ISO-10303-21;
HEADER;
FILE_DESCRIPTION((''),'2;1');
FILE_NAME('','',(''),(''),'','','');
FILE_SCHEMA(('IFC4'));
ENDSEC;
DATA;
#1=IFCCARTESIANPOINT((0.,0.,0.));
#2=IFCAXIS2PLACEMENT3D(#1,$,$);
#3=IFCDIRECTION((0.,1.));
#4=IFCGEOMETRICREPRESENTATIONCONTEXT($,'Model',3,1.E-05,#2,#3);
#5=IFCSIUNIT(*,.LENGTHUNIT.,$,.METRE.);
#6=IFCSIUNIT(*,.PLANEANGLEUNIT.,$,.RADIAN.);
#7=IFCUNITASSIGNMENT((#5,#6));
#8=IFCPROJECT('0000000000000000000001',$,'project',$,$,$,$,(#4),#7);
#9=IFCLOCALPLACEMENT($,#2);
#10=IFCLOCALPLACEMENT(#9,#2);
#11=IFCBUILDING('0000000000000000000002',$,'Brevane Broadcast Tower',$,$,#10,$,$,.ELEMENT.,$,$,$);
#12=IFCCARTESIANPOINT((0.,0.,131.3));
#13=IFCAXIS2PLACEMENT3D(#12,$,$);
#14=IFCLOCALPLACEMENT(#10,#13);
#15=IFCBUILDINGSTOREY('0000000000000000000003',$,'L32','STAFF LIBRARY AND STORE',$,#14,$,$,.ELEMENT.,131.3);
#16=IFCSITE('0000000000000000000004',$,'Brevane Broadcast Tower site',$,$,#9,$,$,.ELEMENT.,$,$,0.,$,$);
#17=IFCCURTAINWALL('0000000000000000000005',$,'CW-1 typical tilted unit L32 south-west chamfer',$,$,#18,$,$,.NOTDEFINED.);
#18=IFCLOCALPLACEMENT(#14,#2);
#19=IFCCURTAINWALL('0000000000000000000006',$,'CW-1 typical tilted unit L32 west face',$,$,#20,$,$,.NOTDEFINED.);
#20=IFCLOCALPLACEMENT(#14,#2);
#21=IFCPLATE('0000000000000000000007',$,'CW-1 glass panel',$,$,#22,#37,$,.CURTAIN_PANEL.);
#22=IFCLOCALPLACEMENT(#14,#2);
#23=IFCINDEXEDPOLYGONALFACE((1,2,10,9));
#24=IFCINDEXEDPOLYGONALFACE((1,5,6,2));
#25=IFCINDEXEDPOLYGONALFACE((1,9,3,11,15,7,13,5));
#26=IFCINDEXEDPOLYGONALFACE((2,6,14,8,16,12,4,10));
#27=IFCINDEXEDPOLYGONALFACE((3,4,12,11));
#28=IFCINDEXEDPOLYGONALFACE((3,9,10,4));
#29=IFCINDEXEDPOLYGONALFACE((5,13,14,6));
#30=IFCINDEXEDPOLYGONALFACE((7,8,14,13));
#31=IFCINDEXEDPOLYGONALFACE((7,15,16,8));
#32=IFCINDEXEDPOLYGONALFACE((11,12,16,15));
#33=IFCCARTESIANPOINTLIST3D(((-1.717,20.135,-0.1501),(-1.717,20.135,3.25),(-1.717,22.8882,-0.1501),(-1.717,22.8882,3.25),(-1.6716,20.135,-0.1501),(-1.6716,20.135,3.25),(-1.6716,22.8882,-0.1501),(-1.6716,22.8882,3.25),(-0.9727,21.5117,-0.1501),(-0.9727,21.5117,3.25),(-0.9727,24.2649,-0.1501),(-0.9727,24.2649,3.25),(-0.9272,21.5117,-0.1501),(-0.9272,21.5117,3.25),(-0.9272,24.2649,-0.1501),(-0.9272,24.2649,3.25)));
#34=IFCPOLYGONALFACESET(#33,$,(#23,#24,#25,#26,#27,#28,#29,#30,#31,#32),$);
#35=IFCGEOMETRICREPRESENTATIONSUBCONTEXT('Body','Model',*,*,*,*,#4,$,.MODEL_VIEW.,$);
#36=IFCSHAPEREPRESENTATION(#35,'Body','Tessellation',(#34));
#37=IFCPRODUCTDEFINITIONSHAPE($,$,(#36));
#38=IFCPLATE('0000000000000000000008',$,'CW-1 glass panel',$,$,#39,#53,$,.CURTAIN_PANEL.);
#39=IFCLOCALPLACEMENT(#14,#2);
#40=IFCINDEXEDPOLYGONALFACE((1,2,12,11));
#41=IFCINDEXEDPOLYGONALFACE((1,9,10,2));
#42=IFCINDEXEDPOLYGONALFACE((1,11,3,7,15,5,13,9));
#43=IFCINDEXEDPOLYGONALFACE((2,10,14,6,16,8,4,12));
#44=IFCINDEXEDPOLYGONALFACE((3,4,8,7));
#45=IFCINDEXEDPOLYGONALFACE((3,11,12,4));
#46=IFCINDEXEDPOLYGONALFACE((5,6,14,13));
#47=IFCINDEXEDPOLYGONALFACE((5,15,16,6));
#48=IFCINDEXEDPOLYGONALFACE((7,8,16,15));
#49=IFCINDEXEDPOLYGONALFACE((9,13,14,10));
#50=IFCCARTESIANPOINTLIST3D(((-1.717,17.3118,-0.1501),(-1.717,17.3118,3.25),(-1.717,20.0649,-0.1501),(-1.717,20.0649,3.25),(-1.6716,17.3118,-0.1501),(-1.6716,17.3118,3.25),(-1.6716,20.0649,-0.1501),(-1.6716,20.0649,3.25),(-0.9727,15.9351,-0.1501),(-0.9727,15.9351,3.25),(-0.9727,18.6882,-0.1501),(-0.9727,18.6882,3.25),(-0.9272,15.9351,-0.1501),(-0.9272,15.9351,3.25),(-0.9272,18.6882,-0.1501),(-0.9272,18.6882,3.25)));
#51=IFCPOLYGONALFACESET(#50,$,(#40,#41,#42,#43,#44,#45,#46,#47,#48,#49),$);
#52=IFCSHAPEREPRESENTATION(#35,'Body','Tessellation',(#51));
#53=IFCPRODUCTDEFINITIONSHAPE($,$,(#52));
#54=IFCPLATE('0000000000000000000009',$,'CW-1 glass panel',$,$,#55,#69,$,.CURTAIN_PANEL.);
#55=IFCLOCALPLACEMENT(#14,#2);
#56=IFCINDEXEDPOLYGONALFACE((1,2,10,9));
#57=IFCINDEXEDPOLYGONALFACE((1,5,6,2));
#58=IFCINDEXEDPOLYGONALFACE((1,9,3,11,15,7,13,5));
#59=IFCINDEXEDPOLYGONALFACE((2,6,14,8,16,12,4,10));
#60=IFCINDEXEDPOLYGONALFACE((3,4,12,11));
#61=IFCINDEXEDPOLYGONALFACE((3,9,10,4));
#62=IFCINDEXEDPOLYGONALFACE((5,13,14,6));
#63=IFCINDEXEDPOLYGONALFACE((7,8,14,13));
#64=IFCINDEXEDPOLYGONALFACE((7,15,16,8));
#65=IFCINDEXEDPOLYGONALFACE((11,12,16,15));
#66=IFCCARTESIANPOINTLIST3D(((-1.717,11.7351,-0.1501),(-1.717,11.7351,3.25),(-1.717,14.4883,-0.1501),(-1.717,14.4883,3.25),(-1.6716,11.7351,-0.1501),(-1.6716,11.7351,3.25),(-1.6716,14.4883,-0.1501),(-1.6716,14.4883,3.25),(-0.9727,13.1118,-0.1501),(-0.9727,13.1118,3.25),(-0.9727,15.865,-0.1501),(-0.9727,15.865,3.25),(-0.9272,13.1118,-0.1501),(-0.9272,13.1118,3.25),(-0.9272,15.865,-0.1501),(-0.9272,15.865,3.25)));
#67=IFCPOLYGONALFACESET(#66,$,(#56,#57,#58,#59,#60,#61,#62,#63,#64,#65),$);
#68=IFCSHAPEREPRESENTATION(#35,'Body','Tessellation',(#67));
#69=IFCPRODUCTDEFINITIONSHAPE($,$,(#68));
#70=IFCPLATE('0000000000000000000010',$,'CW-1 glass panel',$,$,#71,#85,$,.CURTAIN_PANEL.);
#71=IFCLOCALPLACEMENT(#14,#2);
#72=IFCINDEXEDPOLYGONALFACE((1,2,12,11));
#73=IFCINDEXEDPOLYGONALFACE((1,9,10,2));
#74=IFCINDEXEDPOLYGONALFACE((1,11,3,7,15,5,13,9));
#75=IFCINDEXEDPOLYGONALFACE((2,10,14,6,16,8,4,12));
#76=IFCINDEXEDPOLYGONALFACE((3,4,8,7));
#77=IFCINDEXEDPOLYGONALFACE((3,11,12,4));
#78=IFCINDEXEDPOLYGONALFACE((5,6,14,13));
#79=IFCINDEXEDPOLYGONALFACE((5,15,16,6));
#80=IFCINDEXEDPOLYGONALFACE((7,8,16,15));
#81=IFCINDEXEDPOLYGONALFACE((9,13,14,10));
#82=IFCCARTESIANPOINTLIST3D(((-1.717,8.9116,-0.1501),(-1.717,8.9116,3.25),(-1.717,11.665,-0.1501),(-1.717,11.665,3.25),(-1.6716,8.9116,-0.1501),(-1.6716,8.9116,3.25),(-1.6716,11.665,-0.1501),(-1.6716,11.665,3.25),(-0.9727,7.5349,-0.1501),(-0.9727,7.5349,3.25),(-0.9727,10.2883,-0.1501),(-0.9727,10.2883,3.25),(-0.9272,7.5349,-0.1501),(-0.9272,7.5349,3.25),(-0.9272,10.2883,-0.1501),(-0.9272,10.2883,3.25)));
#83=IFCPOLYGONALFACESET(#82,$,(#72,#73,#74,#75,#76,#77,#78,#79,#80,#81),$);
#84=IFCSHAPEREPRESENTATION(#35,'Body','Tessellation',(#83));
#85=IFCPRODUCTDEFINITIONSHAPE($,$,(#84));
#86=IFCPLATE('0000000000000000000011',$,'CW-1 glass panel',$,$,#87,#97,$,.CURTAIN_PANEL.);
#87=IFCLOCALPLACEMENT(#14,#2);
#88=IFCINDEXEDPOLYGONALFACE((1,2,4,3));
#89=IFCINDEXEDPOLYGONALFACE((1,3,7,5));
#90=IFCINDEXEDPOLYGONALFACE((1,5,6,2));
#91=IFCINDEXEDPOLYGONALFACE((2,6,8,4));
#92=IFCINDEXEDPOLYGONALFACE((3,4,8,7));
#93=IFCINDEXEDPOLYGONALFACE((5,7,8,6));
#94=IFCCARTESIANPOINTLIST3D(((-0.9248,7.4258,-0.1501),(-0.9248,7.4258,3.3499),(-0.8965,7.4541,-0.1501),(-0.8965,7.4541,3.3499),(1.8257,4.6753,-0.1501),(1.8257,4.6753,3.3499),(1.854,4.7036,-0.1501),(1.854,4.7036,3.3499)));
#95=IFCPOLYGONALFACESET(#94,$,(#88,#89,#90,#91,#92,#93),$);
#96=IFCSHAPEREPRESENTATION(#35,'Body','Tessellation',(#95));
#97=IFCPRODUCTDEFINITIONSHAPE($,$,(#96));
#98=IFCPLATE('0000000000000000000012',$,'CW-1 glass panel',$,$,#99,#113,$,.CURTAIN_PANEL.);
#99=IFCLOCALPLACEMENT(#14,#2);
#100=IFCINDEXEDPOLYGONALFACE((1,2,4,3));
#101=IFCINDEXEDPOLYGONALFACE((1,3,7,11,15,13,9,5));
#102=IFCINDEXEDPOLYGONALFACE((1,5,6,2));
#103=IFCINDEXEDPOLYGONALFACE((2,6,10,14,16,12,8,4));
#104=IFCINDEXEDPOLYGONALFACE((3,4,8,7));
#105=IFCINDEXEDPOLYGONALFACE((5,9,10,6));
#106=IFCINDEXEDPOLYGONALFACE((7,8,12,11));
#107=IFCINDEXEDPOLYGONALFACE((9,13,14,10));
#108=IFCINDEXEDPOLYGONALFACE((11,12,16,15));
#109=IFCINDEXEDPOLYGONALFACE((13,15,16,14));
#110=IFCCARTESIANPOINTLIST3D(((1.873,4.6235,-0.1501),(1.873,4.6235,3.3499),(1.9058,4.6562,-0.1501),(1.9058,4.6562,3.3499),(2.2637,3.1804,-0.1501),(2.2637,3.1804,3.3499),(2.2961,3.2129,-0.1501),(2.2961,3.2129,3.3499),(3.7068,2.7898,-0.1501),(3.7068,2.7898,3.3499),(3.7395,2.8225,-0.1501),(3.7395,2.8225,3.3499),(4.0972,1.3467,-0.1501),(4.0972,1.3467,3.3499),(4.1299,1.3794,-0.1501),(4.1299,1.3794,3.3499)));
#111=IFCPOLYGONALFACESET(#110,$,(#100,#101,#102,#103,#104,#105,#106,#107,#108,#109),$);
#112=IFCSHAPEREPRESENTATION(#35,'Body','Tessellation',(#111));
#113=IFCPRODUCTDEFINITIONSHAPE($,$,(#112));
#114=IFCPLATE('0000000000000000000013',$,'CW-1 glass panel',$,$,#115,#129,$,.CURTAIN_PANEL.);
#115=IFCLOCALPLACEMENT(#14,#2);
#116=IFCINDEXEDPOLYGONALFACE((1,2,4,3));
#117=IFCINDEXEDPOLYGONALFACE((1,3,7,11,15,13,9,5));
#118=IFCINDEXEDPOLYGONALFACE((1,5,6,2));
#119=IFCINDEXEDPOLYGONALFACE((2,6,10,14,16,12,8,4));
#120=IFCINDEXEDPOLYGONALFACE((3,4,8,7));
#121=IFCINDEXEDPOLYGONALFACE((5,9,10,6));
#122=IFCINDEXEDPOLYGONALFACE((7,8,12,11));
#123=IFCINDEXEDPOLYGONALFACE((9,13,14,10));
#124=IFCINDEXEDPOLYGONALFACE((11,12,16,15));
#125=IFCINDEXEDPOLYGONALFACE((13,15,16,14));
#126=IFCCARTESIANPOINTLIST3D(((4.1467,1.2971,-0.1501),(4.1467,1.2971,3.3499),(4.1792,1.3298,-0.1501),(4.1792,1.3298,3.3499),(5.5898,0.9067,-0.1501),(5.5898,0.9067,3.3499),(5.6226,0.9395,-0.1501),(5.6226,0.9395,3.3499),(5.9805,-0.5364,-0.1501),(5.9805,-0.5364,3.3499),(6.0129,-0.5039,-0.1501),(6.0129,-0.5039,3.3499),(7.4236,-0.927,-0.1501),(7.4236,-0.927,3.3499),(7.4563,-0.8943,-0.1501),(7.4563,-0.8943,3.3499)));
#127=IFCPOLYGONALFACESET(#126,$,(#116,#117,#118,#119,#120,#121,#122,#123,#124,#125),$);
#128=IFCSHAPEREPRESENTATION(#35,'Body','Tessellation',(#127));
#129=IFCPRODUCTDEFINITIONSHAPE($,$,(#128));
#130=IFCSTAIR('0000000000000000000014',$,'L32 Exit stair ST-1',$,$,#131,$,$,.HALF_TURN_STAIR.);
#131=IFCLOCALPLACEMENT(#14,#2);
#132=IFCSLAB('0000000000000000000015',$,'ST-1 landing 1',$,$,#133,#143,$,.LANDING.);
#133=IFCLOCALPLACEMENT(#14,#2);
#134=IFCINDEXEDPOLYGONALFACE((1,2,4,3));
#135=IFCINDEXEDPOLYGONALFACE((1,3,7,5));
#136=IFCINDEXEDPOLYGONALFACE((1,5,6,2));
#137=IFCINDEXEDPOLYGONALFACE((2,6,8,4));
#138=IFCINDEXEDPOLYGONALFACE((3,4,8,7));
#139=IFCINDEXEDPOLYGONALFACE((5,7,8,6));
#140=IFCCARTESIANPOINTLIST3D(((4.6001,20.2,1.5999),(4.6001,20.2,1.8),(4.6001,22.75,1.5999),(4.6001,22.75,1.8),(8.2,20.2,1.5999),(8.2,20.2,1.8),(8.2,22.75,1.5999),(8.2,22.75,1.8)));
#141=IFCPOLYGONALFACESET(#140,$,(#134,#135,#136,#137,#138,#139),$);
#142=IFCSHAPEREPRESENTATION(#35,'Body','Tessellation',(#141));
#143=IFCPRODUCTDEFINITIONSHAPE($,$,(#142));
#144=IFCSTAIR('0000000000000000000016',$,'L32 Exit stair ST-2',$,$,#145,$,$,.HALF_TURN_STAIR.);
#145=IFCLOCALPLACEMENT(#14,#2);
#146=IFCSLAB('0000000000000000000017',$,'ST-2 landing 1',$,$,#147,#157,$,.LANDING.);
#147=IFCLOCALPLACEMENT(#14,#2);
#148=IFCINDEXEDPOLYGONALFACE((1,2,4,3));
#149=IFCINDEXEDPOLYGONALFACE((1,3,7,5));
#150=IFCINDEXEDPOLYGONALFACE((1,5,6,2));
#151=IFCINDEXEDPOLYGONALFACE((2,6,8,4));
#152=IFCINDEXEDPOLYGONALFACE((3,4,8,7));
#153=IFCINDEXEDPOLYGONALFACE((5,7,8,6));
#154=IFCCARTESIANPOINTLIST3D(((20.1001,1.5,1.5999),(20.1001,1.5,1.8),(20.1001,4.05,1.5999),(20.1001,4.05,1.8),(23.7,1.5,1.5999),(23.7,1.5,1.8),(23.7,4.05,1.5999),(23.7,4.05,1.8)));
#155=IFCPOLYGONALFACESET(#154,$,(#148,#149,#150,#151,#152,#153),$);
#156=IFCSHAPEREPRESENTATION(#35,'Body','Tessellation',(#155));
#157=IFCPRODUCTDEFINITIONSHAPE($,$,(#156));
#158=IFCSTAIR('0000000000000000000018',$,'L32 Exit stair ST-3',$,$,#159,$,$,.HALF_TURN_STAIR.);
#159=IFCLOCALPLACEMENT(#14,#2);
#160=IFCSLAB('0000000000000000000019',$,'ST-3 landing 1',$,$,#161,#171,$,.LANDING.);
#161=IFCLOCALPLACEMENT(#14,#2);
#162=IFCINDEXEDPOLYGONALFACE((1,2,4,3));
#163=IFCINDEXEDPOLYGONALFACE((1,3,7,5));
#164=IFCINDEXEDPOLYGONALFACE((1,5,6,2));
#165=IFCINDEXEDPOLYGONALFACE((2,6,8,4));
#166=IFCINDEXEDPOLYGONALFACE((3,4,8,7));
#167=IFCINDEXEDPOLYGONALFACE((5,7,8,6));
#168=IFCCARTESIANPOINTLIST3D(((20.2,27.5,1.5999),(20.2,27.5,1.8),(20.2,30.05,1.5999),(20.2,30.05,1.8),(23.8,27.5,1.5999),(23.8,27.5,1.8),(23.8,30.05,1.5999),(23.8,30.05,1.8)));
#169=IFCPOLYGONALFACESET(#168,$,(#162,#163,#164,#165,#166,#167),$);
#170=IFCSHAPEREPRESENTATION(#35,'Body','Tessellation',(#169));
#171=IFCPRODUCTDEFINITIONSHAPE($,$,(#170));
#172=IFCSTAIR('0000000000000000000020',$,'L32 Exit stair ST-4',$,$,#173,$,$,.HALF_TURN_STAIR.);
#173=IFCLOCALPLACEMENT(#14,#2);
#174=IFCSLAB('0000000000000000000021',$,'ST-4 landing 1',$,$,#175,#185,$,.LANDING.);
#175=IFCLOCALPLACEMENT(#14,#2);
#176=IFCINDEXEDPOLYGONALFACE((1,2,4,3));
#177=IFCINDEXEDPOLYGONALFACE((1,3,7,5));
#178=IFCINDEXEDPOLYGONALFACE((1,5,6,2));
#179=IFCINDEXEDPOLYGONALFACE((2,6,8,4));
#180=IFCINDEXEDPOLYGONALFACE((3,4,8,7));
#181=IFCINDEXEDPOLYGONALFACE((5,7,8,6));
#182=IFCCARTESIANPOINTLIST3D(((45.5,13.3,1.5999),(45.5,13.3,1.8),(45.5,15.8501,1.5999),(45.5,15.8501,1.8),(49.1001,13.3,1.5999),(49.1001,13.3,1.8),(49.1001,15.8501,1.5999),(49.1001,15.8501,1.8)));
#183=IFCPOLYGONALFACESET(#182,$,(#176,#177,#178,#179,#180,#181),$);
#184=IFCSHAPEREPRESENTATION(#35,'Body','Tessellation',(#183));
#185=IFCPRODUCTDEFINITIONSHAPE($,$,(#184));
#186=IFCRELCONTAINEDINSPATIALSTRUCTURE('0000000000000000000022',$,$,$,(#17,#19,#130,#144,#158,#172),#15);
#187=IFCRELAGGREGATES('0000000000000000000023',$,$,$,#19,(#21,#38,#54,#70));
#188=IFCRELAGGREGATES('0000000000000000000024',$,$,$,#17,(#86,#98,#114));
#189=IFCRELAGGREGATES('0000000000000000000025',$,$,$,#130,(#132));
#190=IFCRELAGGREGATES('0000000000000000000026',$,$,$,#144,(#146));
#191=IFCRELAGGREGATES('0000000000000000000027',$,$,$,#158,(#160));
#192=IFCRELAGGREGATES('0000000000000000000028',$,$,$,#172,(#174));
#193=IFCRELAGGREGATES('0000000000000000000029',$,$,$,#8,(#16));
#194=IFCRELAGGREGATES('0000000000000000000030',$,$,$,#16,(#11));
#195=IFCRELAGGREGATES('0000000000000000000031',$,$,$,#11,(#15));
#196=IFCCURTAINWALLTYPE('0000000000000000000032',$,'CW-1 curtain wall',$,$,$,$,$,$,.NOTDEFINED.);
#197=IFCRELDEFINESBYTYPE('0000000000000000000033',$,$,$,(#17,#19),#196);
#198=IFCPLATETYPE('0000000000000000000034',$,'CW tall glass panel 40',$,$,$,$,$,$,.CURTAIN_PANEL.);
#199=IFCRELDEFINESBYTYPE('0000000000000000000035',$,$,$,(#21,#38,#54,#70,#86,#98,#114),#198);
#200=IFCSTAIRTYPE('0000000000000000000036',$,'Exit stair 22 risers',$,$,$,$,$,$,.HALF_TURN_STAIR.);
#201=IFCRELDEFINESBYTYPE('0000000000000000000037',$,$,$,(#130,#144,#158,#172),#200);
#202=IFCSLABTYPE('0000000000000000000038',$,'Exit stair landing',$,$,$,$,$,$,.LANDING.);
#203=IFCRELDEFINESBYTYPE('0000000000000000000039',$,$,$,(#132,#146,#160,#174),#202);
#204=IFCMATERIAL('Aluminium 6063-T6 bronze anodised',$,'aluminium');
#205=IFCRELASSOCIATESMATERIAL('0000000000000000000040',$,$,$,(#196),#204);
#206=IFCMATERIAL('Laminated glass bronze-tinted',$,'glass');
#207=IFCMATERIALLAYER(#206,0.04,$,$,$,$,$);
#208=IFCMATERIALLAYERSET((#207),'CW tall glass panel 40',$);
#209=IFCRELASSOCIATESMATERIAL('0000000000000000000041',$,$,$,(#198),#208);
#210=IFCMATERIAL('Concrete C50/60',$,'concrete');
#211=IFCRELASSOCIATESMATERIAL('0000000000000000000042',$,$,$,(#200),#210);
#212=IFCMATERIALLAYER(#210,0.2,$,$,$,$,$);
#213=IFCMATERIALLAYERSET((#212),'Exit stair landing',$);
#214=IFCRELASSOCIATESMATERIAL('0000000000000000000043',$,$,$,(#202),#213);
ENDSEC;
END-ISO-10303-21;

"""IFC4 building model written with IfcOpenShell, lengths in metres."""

from ifc_helpers import new_model, si_unit, direction, frame, origin, place, context, subcontext, project, spatial, polyline, outline, extrude, material, layer, layer_set, type_object, element, aggregate, save


model = new_model("IFC4")

# Units and contexts
model_context = context("Model", 3, precision=1e-05, world=origin(), true_north=direction((0.0, 1.0)))
body_context = subcontext(model_context, "Body", "Model", "MODEL_VIEW")
ifc_project = project(units=[si_unit("LENGTHUNIT", "METRE"), si_unit("PLANEANGLEUNIT", "RADIAN")], contexts=[model_context])

# Site, building, storey
site_placement = place(None, origin())
site = spatial("IfcSite", under=ifc_project, at=site_placement, Name="Brevane Broadcast Tower site", CompositionType="ELEMENT", RefElevation=0.0)
building_placement = place(site_placement, origin())
building = spatial("IfcBuilding", under=site, at=building_placement, Name="Brevane Broadcast Tower", CompositionType="ELEMENT")
storey_placement = place(building_placement, frame((0.0, 0.0, 131.3)))
storey = spatial("IfcBuildingStorey", under=building, at=storey_placement, Name="L32", Description="STAFF LIBRARY AND STORE", CompositionType="ELEMENT", Elevation=131.3)

# Curtain wall
ifc_material_1 = material(Name="Aluminium 6063-T6 bronze anodised", Category="aluminium")
curtain_wall_type = type_object("IfcCurtainWallType", Name="CW-1 curtain wall", PredefinedType="NOTDEFINED", material=ifc_material_1)
curtain_wall_1_placement = place(storey_placement, origin())
curtain_wall_1 = element("IfcCurtainWall", 1, at=curtain_wall_1_placement, inside=storey, type_object=curtain_wall_type, Name="CW-1 typical tilted unit L32 south-west chamfer", PredefinedType="NOTDEFINED")

# Curtain wall, plates
curtain_wall_2_placement = place(storey_placement, origin())
curtain_wall_2 = element("IfcCurtainWall", 2, at=curtain_wall_2_placement, inside=storey, type_object=curtain_wall_type, Name="CW-1 typical tilted unit L32 west face", PredefinedType="NOTDEFINED")
ifc_material_2 = material(Name="Laminated glass bronze-tinted", Category="glass")
ifc_layer_1 = layer(ifc_material_2, 0.04)
ifc_layer_set_1 = layer_set([ifc_layer_1], Name="CW tall glass panel 40")
plate_type = type_object("IfcPlateType", Name="CW tall glass panel 40", PredefinedType="CURTAIN_PANEL", material=ifc_layer_set_1)
plate_1_placement = place(storey_placement, frame((0.0, 0.0, -0.1501)))
plate_1 = element("IfcPlate", 3, at=plate_1_placement, type_object=plate_type, Name="CW-1 glass panel", PredefinedType="CURTAIN_PANEL", context=body_context, shape_type="SweptSolid", body=[
    extrude(outline(polyline([(-0.9272, 24.2649), (-0.9727, 24.2649), (-1.717, 22.8882), (-0.9727, 21.5117), (-1.717, 20.135), (-1.6716, 20.135), (-0.9272, 21.5117), (-1.6716, 22.8882), (-0.9272, 24.2649)])), origin(), (0.0, 0.0, 1.0), 3.4001),
])
plate_2_placement = place(storey_placement, frame((0.0, 0.0, -0.1501)))
plate_2 = element("IfcPlate", 4, at=plate_2_placement, type_object=plate_type, Name="CW-1 glass panel", PredefinedType="CURTAIN_PANEL", context=body_context, shape_type="SweptSolid", body=[
    extrude(outline(polyline([(-1.6716, 20.0649), (-1.717, 20.0649), (-0.9727, 18.6882), (-1.717, 17.3118), (-0.9727, 15.9351), (-0.9272, 15.9351), (-1.6716, 17.3118), (-0.9272, 18.6882), (-1.6716, 20.0649)])), origin(), (0.0, 0.0, 1.0), 3.4001),
])
plate_3_placement = place(storey_placement, frame((0.0, 0.0, -0.1501)))
plate_3 = element("IfcPlate", 5, at=plate_3_placement, type_object=plate_type, Name="CW-1 glass panel", PredefinedType="CURTAIN_PANEL", context=body_context, shape_type="SweptSolid", body=[
    extrude(outline(polyline([(-0.9272, 15.865), (-0.9727, 15.865), (-1.717, 14.4883), (-0.9727, 13.1118), (-1.717, 11.7351), (-1.6716, 11.7351), (-0.9272, 13.1118), (-1.6716, 14.4883), (-0.9272, 15.865)])), origin(), (0.0, 0.0, 1.0), 3.4001),
])
plate_4_placement = place(storey_placement, frame((0.0, 0.0, -0.1501)))
plate_4 = element("IfcPlate", 6, at=plate_4_placement, type_object=plate_type, Name="CW-1 glass panel", PredefinedType="CURTAIN_PANEL", context=body_context, shape_type="SweptSolid", body=[
    extrude(outline(polyline([(-1.6716, 11.665), (-1.717, 11.665), (-0.9727, 10.2883), (-1.717, 8.9116), (-0.9727, 7.5349), (-0.9272, 7.5349), (-1.6716, 8.9116), (-0.9272, 10.2883), (-1.6716, 11.665)])), origin(), (0.0, 0.0, 1.0), 3.4001),
])
aggregate(curtain_wall_2, [plate_1, plate_2, plate_3, plate_4])

# Plates
plate_5_placement = place(storey_placement, frame((0.0, 0.0, -0.1501)))
plate_5 = element("IfcPlate", 7, at=plate_5_placement, type_object=plate_type, Name="CW-1 glass panel", PredefinedType="CURTAIN_PANEL", context=body_context, shape_type="SweptSolid", body=[
    extrude(outline(polyline([(-0.8965, 7.4541), (1.854, 4.7036), (1.8257, 4.6753), (-0.9248, 7.4258), (-0.8965, 7.4541)])), origin(), (0.0, 0.0, 1.0), 3.5),
])
plate_6_placement = place(storey_placement, frame((0.0, 0.0, -0.1501)))
plate_6 = element("IfcPlate", 8, at=plate_6_placement, type_object=plate_type, Name="CW-1 glass panel", PredefinedType="CURTAIN_PANEL", context=body_context, shape_type="SweptSolid", body=[
    extrude(outline(polyline([(1.9058, 4.6562), (1.873, 4.6235), (2.2637, 3.1804), (3.7068, 2.7898), (4.0972, 1.3467), (4.1299, 1.3794), (3.7395, 2.8225), (2.2961, 3.2129), (1.9058, 4.6562)])), origin(), (0.0, 0.0, 1.0), 3.5),
])
plate_7_placement = place(storey_placement, frame((0.0, 0.0, -0.1501)))
plate_7 = element("IfcPlate", 9, at=plate_7_placement, type_object=plate_type, Name="CW-1 glass panel", PredefinedType="CURTAIN_PANEL", context=body_context, shape_type="SweptSolid", body=[
    extrude(outline(polyline([(4.1792, 1.3298), (4.1467, 1.2971), (5.5898, 0.9067), (5.9805, -0.5364), (7.4236, -0.927), (7.4563, -0.8943), (6.0129, -0.5039), (5.6226, 0.9395), (4.1792, 1.3298)])), origin(), (0.0, 0.0, 1.0), 3.5),
])
aggregate(curtain_wall_1, [plate_5, plate_6, plate_7])

# Stairs, slabs
ifc_material_3 = material(Name="Concrete C50/60", Category="concrete")
stair_type = type_object("IfcStairType", Name="Exit stair 22 risers", PredefinedType="HALF_TURN_STAIR", material=ifc_material_3)
stair_1_placement = place(storey_placement, origin())
stair_1 = element("IfcStair", 10, at=stair_1_placement, inside=storey, type_object=stair_type, Name="L32 Exit stair ST-1", PredefinedType="HALF_TURN_STAIR")
ifc_layer_2 = layer(ifc_material_3, 0.2)
ifc_layer_set_2 = layer_set([ifc_layer_2], Name="Exit stair landing")
slab_type_1 = type_object("IfcSlabType", Name="Exit stair landing", PredefinedType="LANDING", material=ifc_layer_set_2)
slab_1_placement = place(storey_placement, frame((0.0, 0.0, 1.5999)))
slab_1 = element("IfcSlab", 11, at=slab_1_placement, type_object=slab_type_1, Name="ST-1 landing 1", PredefinedType="LANDING", context=body_context, shape_type="SweptSolid", body=[
    extrude(outline(polyline([(4.6001, 20.2), (8.2, 20.2), (8.2, 22.75), (4.6001, 22.75), (4.6001, 20.2)])), origin(), (0.0, 0.0, 1.0), 0.2002),
])
aggregate(stair_1, [slab_1])
stair_2_placement = place(storey_placement, origin())
stair_2 = element("IfcStair", 12, at=stair_2_placement, inside=storey, type_object=stair_type, Name="L32 Exit stair ST-2", PredefinedType="HALF_TURN_STAIR")
slab_2_placement = place(storey_placement, frame((0.0, 0.0, 1.5999)))
slab_2 = element("IfcSlab", 13, at=slab_2_placement, type_object=slab_type_1, Name="ST-2 landing 1", PredefinedType="LANDING", context=body_context, shape_type="SweptSolid", body=[
    extrude(outline(polyline([(20.1001, 1.5), (23.7, 1.5), (23.7, 4.05), (20.1001, 4.05), (20.1001, 1.5)])), origin(), (0.0, 0.0, 1.0), 0.2002),
])
aggregate(stair_2, [slab_2])
stair_3_placement = place(storey_placement, origin())
stair_3 = element("IfcStair", 14, at=stair_3_placement, inside=storey, type_object=stair_type, Name="L32 Exit stair ST-3", PredefinedType="HALF_TURN_STAIR")
slab_3_placement = place(storey_placement, frame((0.0, 0.0, 1.5999)))
slab_3 = element("IfcSlab", 15, at=slab_3_placement, type_object=slab_type_1, Name="ST-3 landing 1", PredefinedType="LANDING", context=body_context, shape_type="SweptSolid", body=[
    extrude(outline(polyline([(20.2, 27.5), (23.8, 27.5), (23.8, 30.05), (20.2, 30.05), (20.2, 27.5)])), origin(), (0.0, 0.0, 1.0), 0.2002),
])
aggregate(stair_3, [slab_3])
stair_4_placement = place(storey_placement, origin())
stair_4 = element("IfcStair", 16, at=stair_4_placement, inside=storey, type_object=stair_type, Name="L32 Exit stair ST-4", PredefinedType="HALF_TURN_STAIR")
slab_4_placement = place(storey_placement, frame((0.0, 0.0, 1.5999)))
slab_4 = element("IfcSlab", 17, at=slab_4_placement, type_object=slab_type_1, Name="ST-4 landing 1", PredefinedType="LANDING", context=body_context, shape_type="SweptSolid", body=[
    extrude(outline(polyline([(45.5, 13.3), (49.1001, 13.3), (49.1001, 15.8501), (45.5, 15.8501), (45.5, 13.3)])), origin(), (0.0, 0.0, 1.0), 0.2002),
])
aggregate(stair_4, [slab_4])

save(model, "model.ifc")
